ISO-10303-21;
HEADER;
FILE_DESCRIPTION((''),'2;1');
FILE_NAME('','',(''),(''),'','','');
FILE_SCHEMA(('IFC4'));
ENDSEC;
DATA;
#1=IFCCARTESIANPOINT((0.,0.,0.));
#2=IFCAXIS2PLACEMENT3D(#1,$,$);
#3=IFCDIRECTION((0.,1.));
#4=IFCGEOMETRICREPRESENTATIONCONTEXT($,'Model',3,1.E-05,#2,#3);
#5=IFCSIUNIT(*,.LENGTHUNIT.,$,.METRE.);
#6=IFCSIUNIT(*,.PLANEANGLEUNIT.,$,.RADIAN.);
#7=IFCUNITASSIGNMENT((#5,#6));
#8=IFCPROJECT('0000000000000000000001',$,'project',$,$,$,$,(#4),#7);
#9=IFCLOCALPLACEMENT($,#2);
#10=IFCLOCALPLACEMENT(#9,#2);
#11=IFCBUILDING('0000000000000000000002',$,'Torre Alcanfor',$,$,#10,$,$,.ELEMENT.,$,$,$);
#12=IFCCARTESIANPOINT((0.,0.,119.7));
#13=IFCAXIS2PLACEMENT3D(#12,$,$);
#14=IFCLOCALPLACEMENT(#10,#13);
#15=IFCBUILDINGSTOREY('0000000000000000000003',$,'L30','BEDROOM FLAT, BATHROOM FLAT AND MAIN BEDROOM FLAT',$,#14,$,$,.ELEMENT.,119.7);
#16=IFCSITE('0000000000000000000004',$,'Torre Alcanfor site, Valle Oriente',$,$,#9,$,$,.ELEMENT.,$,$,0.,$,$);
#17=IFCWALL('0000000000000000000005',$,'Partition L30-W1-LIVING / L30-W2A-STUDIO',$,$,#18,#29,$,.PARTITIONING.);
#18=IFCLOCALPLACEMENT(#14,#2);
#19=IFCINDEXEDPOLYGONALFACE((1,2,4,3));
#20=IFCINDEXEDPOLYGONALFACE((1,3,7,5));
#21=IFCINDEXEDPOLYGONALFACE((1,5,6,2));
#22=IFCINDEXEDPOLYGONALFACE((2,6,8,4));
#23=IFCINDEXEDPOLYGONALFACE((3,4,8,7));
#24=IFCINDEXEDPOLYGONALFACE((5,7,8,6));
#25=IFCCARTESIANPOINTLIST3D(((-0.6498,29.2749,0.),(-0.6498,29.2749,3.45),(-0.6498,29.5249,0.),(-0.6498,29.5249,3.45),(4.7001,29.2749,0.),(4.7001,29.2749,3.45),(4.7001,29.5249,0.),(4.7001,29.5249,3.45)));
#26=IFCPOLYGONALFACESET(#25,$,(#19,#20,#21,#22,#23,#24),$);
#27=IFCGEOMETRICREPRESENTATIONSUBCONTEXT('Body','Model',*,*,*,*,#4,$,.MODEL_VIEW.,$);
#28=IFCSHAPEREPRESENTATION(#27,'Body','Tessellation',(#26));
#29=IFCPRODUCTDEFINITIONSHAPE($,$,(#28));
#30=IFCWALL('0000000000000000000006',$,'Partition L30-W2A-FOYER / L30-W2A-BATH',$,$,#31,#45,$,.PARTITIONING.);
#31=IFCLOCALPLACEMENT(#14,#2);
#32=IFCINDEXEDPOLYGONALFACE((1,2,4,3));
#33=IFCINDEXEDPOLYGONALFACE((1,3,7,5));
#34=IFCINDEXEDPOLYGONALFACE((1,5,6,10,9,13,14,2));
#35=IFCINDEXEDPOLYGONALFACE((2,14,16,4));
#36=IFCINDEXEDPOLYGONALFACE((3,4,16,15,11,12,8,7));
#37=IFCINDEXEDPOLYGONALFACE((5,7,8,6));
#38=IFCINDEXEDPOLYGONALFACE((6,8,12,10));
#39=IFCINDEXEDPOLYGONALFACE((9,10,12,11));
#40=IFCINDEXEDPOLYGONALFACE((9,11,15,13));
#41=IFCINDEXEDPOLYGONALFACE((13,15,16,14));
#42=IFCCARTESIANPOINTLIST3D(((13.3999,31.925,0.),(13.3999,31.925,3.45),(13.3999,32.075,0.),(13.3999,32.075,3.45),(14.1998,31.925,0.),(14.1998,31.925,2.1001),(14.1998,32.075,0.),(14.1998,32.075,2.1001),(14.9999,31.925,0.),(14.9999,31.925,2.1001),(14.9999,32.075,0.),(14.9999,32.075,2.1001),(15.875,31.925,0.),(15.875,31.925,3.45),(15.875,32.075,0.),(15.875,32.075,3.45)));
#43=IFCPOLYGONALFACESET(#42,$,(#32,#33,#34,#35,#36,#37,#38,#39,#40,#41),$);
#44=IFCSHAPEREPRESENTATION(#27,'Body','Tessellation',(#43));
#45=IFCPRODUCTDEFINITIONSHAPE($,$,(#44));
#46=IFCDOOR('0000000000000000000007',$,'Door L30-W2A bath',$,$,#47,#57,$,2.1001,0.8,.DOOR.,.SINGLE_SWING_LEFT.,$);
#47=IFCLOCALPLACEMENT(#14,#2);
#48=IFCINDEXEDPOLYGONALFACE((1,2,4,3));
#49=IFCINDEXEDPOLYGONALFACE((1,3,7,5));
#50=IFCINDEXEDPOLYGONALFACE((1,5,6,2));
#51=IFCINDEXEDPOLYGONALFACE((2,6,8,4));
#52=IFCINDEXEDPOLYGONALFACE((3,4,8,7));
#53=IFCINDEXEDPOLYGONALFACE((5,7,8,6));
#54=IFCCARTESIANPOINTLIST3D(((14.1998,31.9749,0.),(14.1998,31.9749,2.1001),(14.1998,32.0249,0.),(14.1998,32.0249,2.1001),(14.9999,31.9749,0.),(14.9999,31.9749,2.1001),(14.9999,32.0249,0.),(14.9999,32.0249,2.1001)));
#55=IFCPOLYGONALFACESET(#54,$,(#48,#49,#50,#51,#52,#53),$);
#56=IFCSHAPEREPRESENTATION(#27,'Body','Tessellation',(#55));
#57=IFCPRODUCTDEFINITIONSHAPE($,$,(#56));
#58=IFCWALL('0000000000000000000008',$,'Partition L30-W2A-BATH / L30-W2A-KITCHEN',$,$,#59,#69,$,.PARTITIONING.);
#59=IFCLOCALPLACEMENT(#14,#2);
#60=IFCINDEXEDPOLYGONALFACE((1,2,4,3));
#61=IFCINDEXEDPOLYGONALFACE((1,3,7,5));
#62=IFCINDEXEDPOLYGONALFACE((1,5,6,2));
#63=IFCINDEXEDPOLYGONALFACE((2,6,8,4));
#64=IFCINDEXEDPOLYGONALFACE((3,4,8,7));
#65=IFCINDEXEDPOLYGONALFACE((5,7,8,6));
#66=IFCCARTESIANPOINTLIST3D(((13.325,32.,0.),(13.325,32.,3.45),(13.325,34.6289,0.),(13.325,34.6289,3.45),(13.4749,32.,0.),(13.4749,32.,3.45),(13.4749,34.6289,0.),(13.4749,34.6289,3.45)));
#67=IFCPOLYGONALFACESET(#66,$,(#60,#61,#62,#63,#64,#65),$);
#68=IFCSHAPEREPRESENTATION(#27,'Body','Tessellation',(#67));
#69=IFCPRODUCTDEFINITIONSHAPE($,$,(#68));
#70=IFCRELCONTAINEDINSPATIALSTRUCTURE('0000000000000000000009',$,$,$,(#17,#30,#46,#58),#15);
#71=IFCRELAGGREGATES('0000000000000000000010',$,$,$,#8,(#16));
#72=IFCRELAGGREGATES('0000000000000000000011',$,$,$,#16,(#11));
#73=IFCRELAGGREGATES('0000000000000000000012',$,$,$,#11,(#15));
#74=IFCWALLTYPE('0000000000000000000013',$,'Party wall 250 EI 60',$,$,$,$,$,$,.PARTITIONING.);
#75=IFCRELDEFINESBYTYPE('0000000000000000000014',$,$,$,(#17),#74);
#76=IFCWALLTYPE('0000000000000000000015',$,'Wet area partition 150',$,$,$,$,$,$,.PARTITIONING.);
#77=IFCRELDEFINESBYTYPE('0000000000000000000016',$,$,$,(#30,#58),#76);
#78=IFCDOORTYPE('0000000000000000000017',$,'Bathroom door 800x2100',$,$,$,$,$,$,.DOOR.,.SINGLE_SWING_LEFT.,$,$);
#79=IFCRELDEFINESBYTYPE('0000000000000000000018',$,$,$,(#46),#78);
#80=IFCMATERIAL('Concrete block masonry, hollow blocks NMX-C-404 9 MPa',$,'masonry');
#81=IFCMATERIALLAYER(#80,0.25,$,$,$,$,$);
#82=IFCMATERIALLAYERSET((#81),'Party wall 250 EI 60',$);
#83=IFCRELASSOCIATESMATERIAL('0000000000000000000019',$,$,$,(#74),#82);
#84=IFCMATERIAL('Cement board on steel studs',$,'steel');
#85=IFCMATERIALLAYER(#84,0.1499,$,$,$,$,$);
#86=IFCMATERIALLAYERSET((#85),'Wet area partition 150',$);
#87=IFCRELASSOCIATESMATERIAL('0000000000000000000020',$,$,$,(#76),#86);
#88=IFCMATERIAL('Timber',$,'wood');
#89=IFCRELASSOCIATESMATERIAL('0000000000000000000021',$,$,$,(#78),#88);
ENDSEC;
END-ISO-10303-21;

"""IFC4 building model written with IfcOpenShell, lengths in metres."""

from ifc_helpers import new_model, si_unit, direction, frame, frame_2d, origin, place, context, subcontext, project, spatial, rectangle, extrude, material, layer, layer_set, type_object, element, fill, save


model = new_model("IFC4")

# Units and contexts
model_context = context("Model", 3, precision=1e-05, world=origin(), true_north=direction((0.0, 1.0)))
body_context = subcontext(model_context, "Body", "Model", "MODEL_VIEW")
ifc_project = project(units=[si_unit("LENGTHUNIT", "METRE"), si_unit("PLANEANGLEUNIT", "RADIAN")], contexts=[model_context])

# Site, building, storey
site_placement = place(None, origin())
site = spatial("IfcSite", under=ifc_project, at=site_placement, Name="Torre Alcanfor site, Valle Oriente", CompositionType="ELEMENT", RefElevation=0.0)
building_placement = place(site_placement, origin())
building = spatial("IfcBuilding", under=site, at=building_placement, Name="Torre Alcanfor", CompositionType="ELEMENT")
storey_placement = place(building_placement, frame((0.0, 0.0, 119.7)))
storey = spatial("IfcBuildingStorey", under=building, at=storey_placement, Name="L30", Description="BEDROOM FLAT, BATHROOM FLAT AND MAIN BEDROOM FLAT", CompositionType="ELEMENT", Elevation=119.7)

# Wall
ifc_material_1 = material(Name="Concrete block masonry, hollow blocks NMX-C-404 9 MPa", Category="masonry")
ifc_layer_1 = layer(ifc_material_1, 0.25)
ifc_layer_set_1 = layer_set([ifc_layer_1], Name="Party wall 250 EI 60")
wall_type_1 = type_object("IfcWallType", Name="Party wall 250 EI 60", PredefinedType="PARTITIONING", material=ifc_layer_set_1)
wall_1_placement = place(storey_placement, frame((4.7, 29.3999, 0.0), z_axis=(0.0, 0.0, 1.0), x_axis=(-1.0, 0.0, 0.0)))
element("IfcWall", 1, at=wall_1_placement, inside=storey, type_object=wall_type_1, Name="Partition L30-W1-LIVING / L30-W2A-STUDIO", PredefinedType="PARTITIONING", context=body_context, shape_type="SweptSolid", body=[
    extrude(rectangle(XDim=5.3499, YDim=0.25, at=frame_2d((2.6748, 0.0))), origin(), (0.0, 0.0, 1.0), 3.45),
])

# Wall, opening, door
ifc_material_2 = material(Name="Cement board on steel studs", Category="steel")
ifc_layer_2 = layer(ifc_material_2, 0.1499)
ifc_layer_set_2 = layer_set([ifc_layer_2], Name="Wet area partition 150")
wall_type_2 = type_object("IfcWallType", Name="Wet area partition 150", PredefinedType="PARTITIONING", material=ifc_layer_set_2)
wall_2_placement = place(storey_placement, frame((13.3999, 32.0, 0.0), z_axis=(0.0, 0.0, 1.0), x_axis=(1.0, 0.0, 0.0)))
wall_2 = element("IfcWall", 2, at=wall_2_placement, inside=storey, type_object=wall_type_2, Name="Partition L30-W2A-FOYER / L30-W2A-BATH", PredefinedType="PARTITIONING", context=body_context, shape_type="SweptSolid", body=[
    extrude(rectangle(XDim=2.4751, YDim=0.1499, at=frame_2d((1.2375, 0.0))), origin(), (0.0, 0.0, 1.0), 3.45),
])
opening_placement = place(wall_2_placement, frame((0.8, 0.0, 0.0)))
opening = element("IfcOpeningElement", 3, at=opening_placement, cuts=wall_2, PredefinedType="OPENING", context=body_context, shape_type="SweptSolid", body=[
    extrude(rectangle(XDim=0.8, YDim=2.1001, at=frame_2d((0.3999, 1.05))), frame((0.0, 0.085, 0.0), z_axis=(0.0, -1.0, 0.0), x_axis=(1.0, 0.0, 0.0)), (0.0, 0.0, 1.0), 0.1699),
])
ifc_material_3 = material(Name="Timber", Category="wood")
door_type = type_object("IfcDoorType", Name="Bathroom door 800x2100", OperationType="SINGLE_SWING_LEFT", PredefinedType="DOOR", material=ifc_material_3)
door_placement = place(opening_placement, origin())
door = element("IfcDoor", 4, at=door_placement, inside=storey, type_object=door_type, Name="Door L30-W2A bath", OperationType="SINGLE_SWING_LEFT", OverallHeight=2.1001, OverallWidth=0.8, PredefinedType="DOOR", context=body_context, shape_type="SweptSolid", body=[
    extrude(rectangle(XDim=0.8, YDim=2.1001, at=frame_2d((0.3999, 1.05))), frame((0.0, 0.0249, 0.0), z_axis=(0.0, -1.0, 0.0), x_axis=(1.0, 0.0, 0.0)), (0.0, 0.0, 1.0), 0.05),
])
fill(opening, door)

# Wall
wall_3_placement = place(storey_placement, frame((13.3999, 32.0, 0.0), z_axis=(0.0, 0.0, 1.0), x_axis=(0.0, 1.0, 0.0)))
element("IfcWall", 5, at=wall_3_placement, inside=storey, type_object=wall_type_2, Name="Partition L30-W2A-BATH / L30-W2A-KITCHEN", PredefinedType="PARTITIONING", context=body_context, shape_type="SweptSolid", body=[
    extrude(rectangle(XDim=2.6289, YDim=0.1499, at=frame_2d((1.3145, 0.0))), origin(), (0.0, 0.0, 1.0), 3.45),
])

save(model, "model.ifc")
